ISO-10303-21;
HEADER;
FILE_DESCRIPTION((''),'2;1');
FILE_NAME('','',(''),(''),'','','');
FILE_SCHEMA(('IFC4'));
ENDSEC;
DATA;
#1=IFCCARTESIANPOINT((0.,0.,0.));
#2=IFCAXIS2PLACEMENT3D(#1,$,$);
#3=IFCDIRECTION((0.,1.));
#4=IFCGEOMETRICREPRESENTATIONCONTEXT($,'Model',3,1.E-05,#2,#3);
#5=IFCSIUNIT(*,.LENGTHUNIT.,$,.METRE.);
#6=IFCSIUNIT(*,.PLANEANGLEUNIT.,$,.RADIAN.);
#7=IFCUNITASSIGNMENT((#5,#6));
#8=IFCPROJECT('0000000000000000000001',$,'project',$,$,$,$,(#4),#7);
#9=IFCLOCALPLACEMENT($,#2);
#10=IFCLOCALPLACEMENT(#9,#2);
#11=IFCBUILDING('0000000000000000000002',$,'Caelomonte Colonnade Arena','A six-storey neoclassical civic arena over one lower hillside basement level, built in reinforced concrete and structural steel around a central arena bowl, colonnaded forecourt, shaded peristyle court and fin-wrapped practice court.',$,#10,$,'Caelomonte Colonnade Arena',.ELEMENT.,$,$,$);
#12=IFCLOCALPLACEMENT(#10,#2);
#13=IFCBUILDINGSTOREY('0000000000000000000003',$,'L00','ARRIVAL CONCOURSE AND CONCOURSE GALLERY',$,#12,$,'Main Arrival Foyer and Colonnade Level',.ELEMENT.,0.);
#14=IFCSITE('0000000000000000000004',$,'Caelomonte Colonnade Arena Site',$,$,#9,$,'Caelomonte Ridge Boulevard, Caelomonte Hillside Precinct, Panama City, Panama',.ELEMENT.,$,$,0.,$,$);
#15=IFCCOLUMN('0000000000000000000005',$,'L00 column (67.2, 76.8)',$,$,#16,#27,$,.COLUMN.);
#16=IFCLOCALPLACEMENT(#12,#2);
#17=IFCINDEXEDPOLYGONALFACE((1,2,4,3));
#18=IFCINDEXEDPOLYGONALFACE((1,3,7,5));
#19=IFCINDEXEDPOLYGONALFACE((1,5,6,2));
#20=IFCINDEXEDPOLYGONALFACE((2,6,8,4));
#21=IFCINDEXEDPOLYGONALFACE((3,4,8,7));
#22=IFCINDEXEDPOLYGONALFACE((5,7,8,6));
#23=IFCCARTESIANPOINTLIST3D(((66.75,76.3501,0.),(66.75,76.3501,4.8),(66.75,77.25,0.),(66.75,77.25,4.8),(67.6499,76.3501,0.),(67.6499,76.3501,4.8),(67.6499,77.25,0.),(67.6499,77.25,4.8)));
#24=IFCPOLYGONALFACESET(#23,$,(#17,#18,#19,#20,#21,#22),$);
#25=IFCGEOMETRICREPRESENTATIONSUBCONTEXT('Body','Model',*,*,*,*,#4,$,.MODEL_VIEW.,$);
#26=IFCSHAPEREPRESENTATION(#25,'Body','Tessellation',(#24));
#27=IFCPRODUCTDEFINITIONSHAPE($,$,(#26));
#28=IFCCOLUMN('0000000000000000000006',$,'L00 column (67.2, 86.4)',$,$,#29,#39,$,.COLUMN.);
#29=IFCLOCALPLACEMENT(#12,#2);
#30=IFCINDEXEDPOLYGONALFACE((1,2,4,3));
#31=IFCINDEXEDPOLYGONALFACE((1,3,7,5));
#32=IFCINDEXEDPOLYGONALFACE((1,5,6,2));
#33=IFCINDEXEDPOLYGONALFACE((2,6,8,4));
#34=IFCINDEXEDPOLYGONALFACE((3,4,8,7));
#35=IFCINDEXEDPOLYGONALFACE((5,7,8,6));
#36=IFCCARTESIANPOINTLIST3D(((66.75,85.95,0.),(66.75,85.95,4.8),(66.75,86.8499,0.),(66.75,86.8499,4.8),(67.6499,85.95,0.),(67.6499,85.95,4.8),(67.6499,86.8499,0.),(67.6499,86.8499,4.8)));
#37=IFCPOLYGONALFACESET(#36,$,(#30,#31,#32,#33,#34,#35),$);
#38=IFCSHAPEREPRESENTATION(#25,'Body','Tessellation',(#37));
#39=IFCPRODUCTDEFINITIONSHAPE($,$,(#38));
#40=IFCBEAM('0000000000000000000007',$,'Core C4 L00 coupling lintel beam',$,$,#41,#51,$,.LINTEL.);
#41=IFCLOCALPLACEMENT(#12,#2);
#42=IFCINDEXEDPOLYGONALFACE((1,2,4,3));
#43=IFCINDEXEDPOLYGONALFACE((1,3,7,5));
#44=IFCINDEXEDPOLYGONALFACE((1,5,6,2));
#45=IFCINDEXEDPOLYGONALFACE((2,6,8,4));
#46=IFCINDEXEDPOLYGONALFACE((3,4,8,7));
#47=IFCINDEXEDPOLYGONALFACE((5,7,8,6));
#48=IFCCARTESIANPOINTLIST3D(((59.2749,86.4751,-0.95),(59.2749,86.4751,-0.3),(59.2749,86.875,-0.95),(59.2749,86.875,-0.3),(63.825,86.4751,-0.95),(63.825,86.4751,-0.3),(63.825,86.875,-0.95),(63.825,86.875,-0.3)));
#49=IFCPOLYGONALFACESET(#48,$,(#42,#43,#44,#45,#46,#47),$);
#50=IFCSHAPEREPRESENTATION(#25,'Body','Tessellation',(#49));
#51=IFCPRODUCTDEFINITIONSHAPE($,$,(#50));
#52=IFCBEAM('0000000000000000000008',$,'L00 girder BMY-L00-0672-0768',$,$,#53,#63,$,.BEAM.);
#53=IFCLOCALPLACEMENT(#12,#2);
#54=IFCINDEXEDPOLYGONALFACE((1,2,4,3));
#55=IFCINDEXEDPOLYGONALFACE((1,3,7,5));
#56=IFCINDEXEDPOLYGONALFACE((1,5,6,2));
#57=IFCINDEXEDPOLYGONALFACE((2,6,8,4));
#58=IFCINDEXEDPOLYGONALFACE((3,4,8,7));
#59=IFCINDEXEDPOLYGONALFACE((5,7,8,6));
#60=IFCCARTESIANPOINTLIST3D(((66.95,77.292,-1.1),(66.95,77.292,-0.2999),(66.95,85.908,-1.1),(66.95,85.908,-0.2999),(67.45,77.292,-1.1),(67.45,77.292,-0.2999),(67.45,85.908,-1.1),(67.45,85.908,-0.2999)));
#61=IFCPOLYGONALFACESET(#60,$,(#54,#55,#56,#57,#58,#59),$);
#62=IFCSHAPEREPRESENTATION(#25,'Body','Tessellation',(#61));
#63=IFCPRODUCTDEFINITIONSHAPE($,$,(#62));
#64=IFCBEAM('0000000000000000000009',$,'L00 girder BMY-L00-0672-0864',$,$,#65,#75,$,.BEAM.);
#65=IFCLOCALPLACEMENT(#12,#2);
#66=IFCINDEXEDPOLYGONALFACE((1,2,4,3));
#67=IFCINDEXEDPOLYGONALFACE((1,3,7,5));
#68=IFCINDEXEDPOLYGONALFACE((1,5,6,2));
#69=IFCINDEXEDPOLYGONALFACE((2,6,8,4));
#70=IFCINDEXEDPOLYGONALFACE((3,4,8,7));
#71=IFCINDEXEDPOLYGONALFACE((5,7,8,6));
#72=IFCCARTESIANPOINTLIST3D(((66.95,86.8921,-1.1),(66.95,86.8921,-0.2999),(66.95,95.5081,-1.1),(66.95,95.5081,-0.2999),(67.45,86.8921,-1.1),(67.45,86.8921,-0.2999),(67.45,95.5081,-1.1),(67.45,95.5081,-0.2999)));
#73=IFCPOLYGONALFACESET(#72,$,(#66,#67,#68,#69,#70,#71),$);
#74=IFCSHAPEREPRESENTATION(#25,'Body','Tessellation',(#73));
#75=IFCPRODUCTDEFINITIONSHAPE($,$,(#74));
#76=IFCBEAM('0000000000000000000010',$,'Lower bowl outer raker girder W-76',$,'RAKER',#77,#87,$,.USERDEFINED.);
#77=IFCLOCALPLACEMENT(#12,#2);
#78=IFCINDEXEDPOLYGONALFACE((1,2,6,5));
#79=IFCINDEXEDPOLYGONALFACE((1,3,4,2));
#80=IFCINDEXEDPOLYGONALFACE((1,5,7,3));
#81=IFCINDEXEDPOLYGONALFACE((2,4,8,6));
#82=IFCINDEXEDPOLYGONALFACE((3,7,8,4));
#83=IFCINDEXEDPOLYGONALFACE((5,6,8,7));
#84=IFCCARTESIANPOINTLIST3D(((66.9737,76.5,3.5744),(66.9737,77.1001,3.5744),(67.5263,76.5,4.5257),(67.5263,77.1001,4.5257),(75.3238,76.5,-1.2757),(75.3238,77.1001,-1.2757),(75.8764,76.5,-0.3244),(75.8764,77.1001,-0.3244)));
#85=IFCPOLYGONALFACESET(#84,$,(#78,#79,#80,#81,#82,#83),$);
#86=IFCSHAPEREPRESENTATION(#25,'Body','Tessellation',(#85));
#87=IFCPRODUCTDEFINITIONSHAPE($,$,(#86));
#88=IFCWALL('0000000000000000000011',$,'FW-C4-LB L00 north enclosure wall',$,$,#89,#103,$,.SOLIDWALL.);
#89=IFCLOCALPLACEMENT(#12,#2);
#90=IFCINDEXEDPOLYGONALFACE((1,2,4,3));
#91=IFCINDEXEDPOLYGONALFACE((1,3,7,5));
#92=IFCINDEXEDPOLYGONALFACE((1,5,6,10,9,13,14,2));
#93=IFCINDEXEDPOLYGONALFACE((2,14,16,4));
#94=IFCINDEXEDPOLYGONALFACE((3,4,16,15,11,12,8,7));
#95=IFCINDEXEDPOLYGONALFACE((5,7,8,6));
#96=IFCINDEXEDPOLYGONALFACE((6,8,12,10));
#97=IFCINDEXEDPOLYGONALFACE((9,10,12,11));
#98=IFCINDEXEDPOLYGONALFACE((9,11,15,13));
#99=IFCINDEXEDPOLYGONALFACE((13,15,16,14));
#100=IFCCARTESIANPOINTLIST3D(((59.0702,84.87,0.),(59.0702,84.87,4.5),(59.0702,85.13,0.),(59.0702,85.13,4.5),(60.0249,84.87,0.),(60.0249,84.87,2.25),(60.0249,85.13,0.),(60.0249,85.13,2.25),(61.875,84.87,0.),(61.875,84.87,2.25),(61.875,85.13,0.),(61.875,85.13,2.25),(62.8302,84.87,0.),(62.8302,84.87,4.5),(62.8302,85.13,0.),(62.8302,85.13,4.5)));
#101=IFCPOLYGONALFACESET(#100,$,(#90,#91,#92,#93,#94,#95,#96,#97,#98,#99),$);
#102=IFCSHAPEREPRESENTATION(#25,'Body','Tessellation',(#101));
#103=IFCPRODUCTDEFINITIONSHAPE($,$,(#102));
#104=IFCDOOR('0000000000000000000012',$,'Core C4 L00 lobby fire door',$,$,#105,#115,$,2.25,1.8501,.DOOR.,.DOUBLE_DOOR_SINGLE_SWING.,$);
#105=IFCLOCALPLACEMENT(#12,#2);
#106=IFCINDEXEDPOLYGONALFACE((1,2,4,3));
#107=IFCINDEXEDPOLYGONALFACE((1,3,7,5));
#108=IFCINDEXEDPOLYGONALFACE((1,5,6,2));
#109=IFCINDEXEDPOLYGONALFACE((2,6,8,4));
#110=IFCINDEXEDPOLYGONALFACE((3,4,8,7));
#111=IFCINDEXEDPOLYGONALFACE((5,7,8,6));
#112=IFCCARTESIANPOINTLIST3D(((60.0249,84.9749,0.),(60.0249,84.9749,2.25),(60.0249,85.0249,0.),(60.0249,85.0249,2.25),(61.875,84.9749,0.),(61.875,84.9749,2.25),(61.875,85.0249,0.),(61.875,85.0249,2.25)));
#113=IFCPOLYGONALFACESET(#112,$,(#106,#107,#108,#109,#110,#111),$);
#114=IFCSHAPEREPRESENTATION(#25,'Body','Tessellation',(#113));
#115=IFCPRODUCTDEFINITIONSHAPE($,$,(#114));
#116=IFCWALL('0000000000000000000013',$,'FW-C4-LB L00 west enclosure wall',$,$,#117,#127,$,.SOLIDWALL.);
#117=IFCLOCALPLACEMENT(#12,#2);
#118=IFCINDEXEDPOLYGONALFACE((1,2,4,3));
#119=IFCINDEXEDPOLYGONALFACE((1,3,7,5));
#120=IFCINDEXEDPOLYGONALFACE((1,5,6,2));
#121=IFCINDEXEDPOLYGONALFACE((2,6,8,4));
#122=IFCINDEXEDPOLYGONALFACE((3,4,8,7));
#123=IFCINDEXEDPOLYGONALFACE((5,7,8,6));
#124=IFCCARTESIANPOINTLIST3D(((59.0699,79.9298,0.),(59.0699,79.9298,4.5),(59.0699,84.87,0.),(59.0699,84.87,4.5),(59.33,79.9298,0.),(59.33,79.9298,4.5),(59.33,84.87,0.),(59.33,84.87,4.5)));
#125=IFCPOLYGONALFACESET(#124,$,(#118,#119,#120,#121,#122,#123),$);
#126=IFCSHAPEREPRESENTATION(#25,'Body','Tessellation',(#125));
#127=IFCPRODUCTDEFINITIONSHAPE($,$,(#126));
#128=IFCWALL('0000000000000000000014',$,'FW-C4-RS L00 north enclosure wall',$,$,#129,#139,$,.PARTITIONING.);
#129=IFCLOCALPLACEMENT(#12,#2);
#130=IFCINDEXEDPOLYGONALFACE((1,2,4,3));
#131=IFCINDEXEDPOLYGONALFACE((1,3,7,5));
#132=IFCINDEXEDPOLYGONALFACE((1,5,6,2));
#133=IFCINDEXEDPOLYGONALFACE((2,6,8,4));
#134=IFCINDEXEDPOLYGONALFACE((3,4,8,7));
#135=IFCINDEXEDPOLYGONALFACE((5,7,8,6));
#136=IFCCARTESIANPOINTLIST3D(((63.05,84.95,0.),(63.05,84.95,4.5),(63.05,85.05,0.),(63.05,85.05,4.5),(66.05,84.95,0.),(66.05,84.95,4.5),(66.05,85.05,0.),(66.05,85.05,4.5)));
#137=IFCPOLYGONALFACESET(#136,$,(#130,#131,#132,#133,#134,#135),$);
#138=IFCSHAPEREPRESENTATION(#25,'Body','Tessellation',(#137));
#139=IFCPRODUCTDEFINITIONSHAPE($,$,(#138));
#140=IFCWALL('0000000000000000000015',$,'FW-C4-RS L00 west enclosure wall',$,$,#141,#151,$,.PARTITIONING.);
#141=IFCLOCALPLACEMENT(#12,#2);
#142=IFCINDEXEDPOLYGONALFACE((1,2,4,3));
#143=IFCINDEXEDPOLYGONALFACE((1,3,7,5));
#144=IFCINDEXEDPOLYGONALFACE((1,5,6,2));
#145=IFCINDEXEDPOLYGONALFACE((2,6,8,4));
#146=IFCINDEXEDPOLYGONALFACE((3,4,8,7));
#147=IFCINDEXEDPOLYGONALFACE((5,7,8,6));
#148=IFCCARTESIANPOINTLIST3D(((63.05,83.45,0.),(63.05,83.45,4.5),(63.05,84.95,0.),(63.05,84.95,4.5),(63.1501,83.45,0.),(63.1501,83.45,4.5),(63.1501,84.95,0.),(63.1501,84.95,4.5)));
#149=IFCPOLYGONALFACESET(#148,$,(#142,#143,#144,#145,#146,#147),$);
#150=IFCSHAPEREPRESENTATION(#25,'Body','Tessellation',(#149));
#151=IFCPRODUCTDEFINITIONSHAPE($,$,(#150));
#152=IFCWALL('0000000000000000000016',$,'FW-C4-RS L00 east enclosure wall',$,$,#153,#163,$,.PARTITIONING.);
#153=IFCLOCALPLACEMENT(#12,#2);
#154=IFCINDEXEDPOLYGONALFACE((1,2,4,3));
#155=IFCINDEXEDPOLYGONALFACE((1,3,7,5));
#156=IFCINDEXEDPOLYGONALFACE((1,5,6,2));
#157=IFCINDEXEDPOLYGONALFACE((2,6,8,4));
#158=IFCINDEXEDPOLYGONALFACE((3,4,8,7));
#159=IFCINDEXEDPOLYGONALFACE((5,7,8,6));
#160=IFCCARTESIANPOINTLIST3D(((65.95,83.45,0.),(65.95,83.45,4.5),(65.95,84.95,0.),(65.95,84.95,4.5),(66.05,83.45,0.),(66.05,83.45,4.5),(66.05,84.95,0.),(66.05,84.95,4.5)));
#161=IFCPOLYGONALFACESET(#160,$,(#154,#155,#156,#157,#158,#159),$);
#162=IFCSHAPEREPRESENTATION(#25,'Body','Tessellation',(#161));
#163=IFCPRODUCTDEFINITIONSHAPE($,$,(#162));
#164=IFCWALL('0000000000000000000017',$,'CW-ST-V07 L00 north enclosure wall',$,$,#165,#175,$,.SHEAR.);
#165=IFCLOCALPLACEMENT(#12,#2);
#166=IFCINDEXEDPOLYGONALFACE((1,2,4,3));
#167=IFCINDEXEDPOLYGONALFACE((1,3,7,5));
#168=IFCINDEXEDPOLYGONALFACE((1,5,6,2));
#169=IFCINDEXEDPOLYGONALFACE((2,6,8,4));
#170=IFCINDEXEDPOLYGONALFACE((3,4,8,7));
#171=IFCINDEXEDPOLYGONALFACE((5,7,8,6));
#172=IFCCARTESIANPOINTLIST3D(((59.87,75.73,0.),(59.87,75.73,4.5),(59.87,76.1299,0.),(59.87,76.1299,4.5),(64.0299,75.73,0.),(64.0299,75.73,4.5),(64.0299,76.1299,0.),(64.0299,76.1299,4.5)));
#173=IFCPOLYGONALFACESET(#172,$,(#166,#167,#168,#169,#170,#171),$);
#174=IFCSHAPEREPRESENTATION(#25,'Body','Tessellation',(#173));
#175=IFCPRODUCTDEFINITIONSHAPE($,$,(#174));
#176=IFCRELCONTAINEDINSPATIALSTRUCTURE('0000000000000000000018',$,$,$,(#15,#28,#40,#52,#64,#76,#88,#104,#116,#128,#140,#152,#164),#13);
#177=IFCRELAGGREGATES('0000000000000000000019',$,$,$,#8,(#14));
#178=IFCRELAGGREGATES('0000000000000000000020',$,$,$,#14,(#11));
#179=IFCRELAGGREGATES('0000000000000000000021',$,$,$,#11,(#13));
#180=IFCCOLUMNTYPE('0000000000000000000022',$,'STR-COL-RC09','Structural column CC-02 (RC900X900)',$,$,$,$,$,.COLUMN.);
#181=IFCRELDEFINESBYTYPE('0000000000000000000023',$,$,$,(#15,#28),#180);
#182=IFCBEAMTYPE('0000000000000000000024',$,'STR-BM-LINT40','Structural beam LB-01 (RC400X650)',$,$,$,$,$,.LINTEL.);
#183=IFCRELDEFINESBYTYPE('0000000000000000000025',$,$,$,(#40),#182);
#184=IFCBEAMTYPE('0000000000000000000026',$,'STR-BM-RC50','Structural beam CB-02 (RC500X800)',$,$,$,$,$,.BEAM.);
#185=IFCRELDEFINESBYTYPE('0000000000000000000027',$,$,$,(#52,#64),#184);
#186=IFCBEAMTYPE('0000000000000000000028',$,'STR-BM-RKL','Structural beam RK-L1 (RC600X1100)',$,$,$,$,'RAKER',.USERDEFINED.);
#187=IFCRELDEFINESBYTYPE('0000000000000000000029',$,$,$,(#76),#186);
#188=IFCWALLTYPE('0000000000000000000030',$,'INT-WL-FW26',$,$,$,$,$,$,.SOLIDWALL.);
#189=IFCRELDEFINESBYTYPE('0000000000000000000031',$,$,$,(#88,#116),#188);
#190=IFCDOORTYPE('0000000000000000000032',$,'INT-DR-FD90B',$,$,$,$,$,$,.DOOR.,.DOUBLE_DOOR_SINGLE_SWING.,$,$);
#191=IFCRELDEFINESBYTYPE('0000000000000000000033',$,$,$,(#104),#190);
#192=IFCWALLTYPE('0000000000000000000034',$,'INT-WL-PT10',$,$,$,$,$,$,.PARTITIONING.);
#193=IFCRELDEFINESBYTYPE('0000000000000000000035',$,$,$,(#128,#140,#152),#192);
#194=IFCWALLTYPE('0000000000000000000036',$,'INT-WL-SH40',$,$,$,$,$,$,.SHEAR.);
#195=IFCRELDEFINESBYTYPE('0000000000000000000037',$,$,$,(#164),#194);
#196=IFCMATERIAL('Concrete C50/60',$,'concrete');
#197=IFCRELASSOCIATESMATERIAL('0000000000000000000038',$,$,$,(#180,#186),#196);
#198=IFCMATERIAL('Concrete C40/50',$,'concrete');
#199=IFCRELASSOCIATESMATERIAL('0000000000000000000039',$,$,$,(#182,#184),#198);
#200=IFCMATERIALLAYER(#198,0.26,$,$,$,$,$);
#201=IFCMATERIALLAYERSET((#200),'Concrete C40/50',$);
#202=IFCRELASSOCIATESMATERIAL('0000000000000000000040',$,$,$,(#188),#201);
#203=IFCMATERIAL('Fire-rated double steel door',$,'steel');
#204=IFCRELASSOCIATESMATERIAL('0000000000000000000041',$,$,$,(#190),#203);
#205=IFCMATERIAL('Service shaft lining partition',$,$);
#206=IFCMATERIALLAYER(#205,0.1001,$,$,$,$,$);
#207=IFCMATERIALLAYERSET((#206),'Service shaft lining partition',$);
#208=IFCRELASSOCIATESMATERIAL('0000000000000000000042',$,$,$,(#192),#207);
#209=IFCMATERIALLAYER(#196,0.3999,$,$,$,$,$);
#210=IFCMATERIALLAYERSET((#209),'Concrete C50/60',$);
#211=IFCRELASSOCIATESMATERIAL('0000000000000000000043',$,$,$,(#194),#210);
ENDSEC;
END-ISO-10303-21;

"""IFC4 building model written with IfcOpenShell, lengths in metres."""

from ifc_helpers import new_model, si_unit, direction, frame, frame_2d, origin, origin_2d, place, context, subcontext, project, spatial, rectangle, extrude, material, layer, layer_set, material_profile, profile_set, type_object, element, fill, save


model = new_model("IFC4")

# Units and contexts
model_context = context("Model", 3, precision=1e-05, world=origin(), true_north=direction((0.0, 1.0)))
body_context = subcontext(model_context, "Body", "Model", "MODEL_VIEW")
ifc_project = project(units=[si_unit("LENGTHUNIT", "METRE"), si_unit("PLANEANGLEUNIT", "RADIAN")], contexts=[model_context])

# Site, building, storey
site_placement = place(None, origin())
site = spatial("IfcSite", under=ifc_project, at=site_placement, Name="Caelomonte Colonnade Arena Site", LongName="Caelomonte Ridge Boulevard, Caelomonte Hillside Precinct, Panama City, Panama", CompositionType="ELEMENT", RefElevation=0.0)
building_placement = place(site_placement, origin())
building = spatial("IfcBuilding", under=site, at=building_placement, Name="Caelomonte Colonnade Arena", Description="A six-storey neoclassical civic arena over one lower hillside basement level, built in reinforced concrete and structural steel around a central arena bowl, colonnaded forecourt, shaded peristyle court and fin-wrapped practice court.", LongName="Caelomonte Colonnade Arena", CompositionType="ELEMENT")
storey_placement = place(building_placement, origin())
storey = spatial("IfcBuildingStorey", under=building, at=storey_placement, Name="L00", Description="ARRIVAL CONCOURSE AND CONCOURSE GALLERY", LongName="Main Arrival Foyer and Colonnade Level", CompositionType="ELEMENT", Elevation=0.0)

# Columns
ifc_material_1 = material(Name="Concrete C50/60", Category="concrete")
ifc_material_profile_1 = material_profile(ifc_material_1, rectangle(XDim=0.8999, YDim=0.8999, at=origin_2d()), Name="RC900X900")
ifc_profile_set_1 = profile_set([ifc_material_profile_1], Name="Concrete C50/60")
column_type = type_object("IfcColumnType", Name="STR-COL-RC09", Description="Structural column CC-02 (RC900X900)", PredefinedType="COLUMN", material=ifc_profile_set_1)
for number, where, z_axis, x_axis, name in (
    (1, (67.2, 76.8, 0.0), (0.0, 0.0, 1.0), (1.0, 0.0, 0.0), "L00 column (67.2, 76.8)"),
    (2, (67.2, 86.3999, 0.0), (0.0, 0.0, 1.0), (1.0, 0.0, 0.0), "L00 column (67.2, 86.4)"),
):
    element("IfcColumn", number, at=place(storey_placement, frame(where, z_axis=z_axis, x_axis=x_axis)), inside=storey, type_object=column_type, Name=name, PredefinedType="COLUMN", context=body_context, shape_type="SweptSolid", body=[
        extrude(rectangle(XDim=0.8999, YDim=0.8999, at=origin_2d()), origin(), (0.0, 0.0, 1.0), 4.8),
    ])

# Beams
ifc_material_2 = material(Name="Concrete C40/50", Category="concrete")
ifc_material_profile_2 = material_profile(ifc_material_2, rectangle(XDim=0.3999, YDim=0.6499, at=origin_2d()), Name="RC400X650")
ifc_profile_set_2 = profile_set([ifc_material_profile_2], Name="Concrete C40/50")
beam_type_1 = type_object("IfcBeamType", Name="STR-BM-LINT40", Description="Structural beam LB-01 (RC400X650)", PredefinedType="LINTEL", material=ifc_profile_set_2)
beam_1_placement = place(storey_placement, frame((59.2749, 86.675, -0.625), z_axis=(1.0, 0.0, 0.0), x_axis=(0.0, 1.0, 0.0)))
element("IfcBeam", 3, at=beam_1_placement, inside=storey, type_object=beam_type_1, Name="Core C4 L00 coupling lintel beam", PredefinedType="LINTEL", context=body_context, shape_type="SweptSolid", body=[
    extrude(rectangle(XDim=0.3999, YDim=0.6499, at=origin_2d()), origin(), (0.0, 0.0, 1.0), 4.55),
])
ifc_material_profile_3 = material_profile(ifc_material_2, rectangle(XDim=0.5, YDim=0.8, at=origin_2d()), Name="RC500X800")
ifc_profile_set_3 = profile_set([ifc_material_profile_3], Name="Concrete C40/50")
beam_type_2 = type_object("IfcBeamType", Name="STR-BM-RC50", Description="Structural beam CB-02 (RC500X800)", PredefinedType="BEAM", material=ifc_profile_set_3)
for number, where, z_axis, x_axis, name in (
    (4, (67.2, 77.292, -0.7), (0.0, 1.0, 0.0), (-1.0, 0.0, 0.0), "L00 girder BMY-L00-0672-0768"),
    (5, (67.2, 86.8921, -0.7), (0.0, 1.0, 0.0), (-1.0, 0.0, 0.0), "L00 girder BMY-L00-0672-0864"),
):
    element("IfcBeam", number, at=place(storey_placement, frame(where, z_axis=z_axis, x_axis=x_axis)), inside=storey, type_object=beam_type_2, Name=name, PredefinedType="BEAM", context=body_context, shape_type="SweptSolid", body=[
        extrude(rectangle(XDim=0.5, YDim=0.8, at=origin_2d()), origin(), (0.0, 0.0, 1.0), 8.616),
    ])
ifc_material_profile_4 = material_profile(ifc_material_1, rectangle(XDim=0.6001, YDim=1.1001, at=origin_2d()), Name="RC600X1100")
ifc_profile_set_4 = profile_set([ifc_material_profile_4], Name="Concrete C50/60")
beam_type_3 = type_object("IfcBeamType", Name="STR-BM-RKL", Description="Structural beam RK-L1 (RC600X1100)", ElementType="RAKER", PredefinedType="USERDEFINED", material=ifc_profile_set_4)
beam_2_placement = place(storey_placement, frame((75.6001, 76.8, -0.8), z_axis=(-0.864715, 0.0, 0.502264), x_axis=(0.0, -1.0, 0.0)))
element("IfcBeam", 6, at=beam_2_placement, inside=storey, type_object=beam_type_3, Name="Lower bowl outer raker girder W-76", ObjectType="RAKER", PredefinedType="USERDEFINED", context=body_context, shape_type="SweptSolid", body=[
    extrude(rectangle(XDim=0.6001, YDim=1.1001, at=origin_2d()), origin(), (0.0, 0.0, 1.0), 9.6565),
])

# Wall, opening, door
ifc_layer_1 = layer(ifc_material_2, 0.26)
ifc_layer_set_1 = layer_set([ifc_layer_1], Name="Concrete C40/50")
wall_type_1 = type_object("IfcWallType", Name="INT-WL-FW26", PredefinedType="SOLIDWALL", material=ifc_layer_set_1)
wall_1_placement = place(storey_placement, frame((62.8301, 85.0, 0.0), z_axis=(0.0, 0.0, 1.0), x_axis=(-1.0, 0.0, 0.0)))
wall_1 = element("IfcWall", 7, at=wall_1_placement, inside=storey, type_object=wall_type_1, Name="FW-C4-LB L00 north enclosure wall", PredefinedType="SOLIDWALL", context=body_context, shape_type="SweptSolid", body=[
    extrude(rectangle(XDim=3.76, YDim=0.26, at=frame_2d((1.8799, 0.0))), origin(), (0.0, 0.0, 1.0), 4.5),
])
opening_1_placement = place(wall_1_placement, frame((2.8052, 0.0, 0.0), z_axis=(0.0, 0.0, 1.0), x_axis=(-1.0, 0.0, 0.0)))
opening_1 = element("IfcOpeningElement", 8, at=opening_1_placement, cuts=wall_1, PredefinedType="OPENING", context=body_context, shape_type="SweptSolid", body=[
    extrude(rectangle(XDim=1.8501, YDim=2.25, at=frame_2d((0.925, 1.125))), frame((0.0, 0.1399, 0.0), z_axis=(0.0, -1.0, 0.0), x_axis=(1.0, 0.0, 0.0)), (0.0, 0.0, 1.0), 0.28),
])
ifc_material_3 = material(Name="Fire-rated double steel door", Category="steel")
door_type_1 = type_object("IfcDoorType", Name="INT-DR-FD90B", OperationType="DOUBLE_DOOR_SINGLE_SWING", PredefinedType="DOOR", material=ifc_material_3)
door_1_placement = place(opening_1_placement, origin())
door_1 = element("IfcDoor", 9, at=door_1_placement, inside=storey, type_object=door_type_1, Name="Core C4 L00 lobby fire door", OperationType="DOUBLE_DOOR_SINGLE_SWING", OverallHeight=2.25, OverallWidth=1.8501, PredefinedType="DOOR", context=body_context, shape_type="SweptSolid", body=[
    extrude(rectangle(XDim=1.8501, YDim=2.25, at=frame_2d((0.925, 1.125))), frame((0.0, 0.0249, 0.0), z_axis=(0.0, -1.0, 0.0), x_axis=(1.0, 0.0, 0.0)), (0.0, 0.0, 1.0), 0.05),
])
fill(opening_1, door_1)

# Walls
wall_2_placement = place(storey_placement, frame((59.2, 84.8701, 0.0), z_axis=(0.0, 0.0, 1.0), x_axis=(0.0, -1.0, 0.0)))
element("IfcWall", 10, at=wall_2_placement, inside=storey, type_object=wall_type_1, Name="FW-C4-LB L00 west enclosure wall", PredefinedType="SOLIDWALL", context=body_context, shape_type="SweptSolid", body=[
    extrude(rectangle(XDim=4.9402, YDim=0.26, at=frame_2d((2.4702, 0.0))), origin(), (0.0, 0.0, 1.0), 4.5),
])
ifc_material_4 = material(Name="Service shaft lining partition")
ifc_layer_2 = layer(ifc_material_4, 0.1001)
ifc_layer_set_2 = layer_set([ifc_layer_2], Name="Service shaft lining partition")
wall_type_2 = type_object("IfcWallType", Name="INT-WL-PT10", PredefinedType="PARTITIONING", material=ifc_layer_set_2)
wall_3_placement = place(storey_placement, frame((66.05, 85.0, 0.0), z_axis=(0.0, 0.0, 1.0), x_axis=(-1.0, 0.0, 0.0)))
element("IfcWall", 11, at=wall_3_placement, inside=storey, type_object=wall_type_2, Name="FW-C4-RS L00 north enclosure wall", PredefinedType="PARTITIONING", context=body_context, shape_type="SweptSolid", body=[
    extrude(rectangle(XDim=3.0, YDim=0.1001, at=frame_2d((1.5, 0.0))), origin(), (0.0, 0.0, 1.0), 4.5),
])
for number, where, z_axis, x_axis, name in (
    (12, (63.1001, 84.95, 0.0), (0.0, 0.0, 1.0), (0.0, -1.0, 0.0), "FW-C4-RS L00 west enclosure wall"),
    (13, (66.0, 83.45, 0.0), (0.0, 0.0, 1.0), (0.0, 1.0, 0.0), "FW-C4-RS L00 east enclosure wall"),
):
    element("IfcWall", number, at=place(storey_placement, frame(where, z_axis=z_axis, x_axis=x_axis)), inside=storey, type_object=wall_type_2, Name=name, PredefinedType="PARTITIONING", context=body_context, shape_type="SweptSolid", body=[
        extrude(rectangle(XDim=1.5, YDim=0.1001, at=frame_2d((0.75, 0.0))), origin(), (0.0, 0.0, 1.0), 4.5),
    ])
ifc_layer_3 = layer(ifc_material_1, 0.3999)
ifc_layer_set_3 = layer_set([ifc_layer_3], Name="Concrete C50/60")
wall_type_3 = type_object("IfcWallType", Name="INT-WL-SH40", PredefinedType="SHEAR", material=ifc_layer_set_3)
wall_4_placement = place(storey_placement, frame((64.03, 75.9299, 0.0), z_axis=(0.0, 0.0, 1.0), x_axis=(-1.0, 0.0, 0.0)))
element("IfcWall", 14, at=wall_4_placement, inside=storey, type_object=wall_type_3, Name="CW-ST-V07 L00 north enclosure wall", PredefinedType="SHEAR", context=body_context, shape_type="SweptSolid", body=[
    extrude(rectangle(XDim=4.1599, YDim=0.3999, at=frame_2d((2.0801, 0.0))), origin(), (0.0, 0.0, 1.0), 4.5),
])

save(model, "model.ifc")
